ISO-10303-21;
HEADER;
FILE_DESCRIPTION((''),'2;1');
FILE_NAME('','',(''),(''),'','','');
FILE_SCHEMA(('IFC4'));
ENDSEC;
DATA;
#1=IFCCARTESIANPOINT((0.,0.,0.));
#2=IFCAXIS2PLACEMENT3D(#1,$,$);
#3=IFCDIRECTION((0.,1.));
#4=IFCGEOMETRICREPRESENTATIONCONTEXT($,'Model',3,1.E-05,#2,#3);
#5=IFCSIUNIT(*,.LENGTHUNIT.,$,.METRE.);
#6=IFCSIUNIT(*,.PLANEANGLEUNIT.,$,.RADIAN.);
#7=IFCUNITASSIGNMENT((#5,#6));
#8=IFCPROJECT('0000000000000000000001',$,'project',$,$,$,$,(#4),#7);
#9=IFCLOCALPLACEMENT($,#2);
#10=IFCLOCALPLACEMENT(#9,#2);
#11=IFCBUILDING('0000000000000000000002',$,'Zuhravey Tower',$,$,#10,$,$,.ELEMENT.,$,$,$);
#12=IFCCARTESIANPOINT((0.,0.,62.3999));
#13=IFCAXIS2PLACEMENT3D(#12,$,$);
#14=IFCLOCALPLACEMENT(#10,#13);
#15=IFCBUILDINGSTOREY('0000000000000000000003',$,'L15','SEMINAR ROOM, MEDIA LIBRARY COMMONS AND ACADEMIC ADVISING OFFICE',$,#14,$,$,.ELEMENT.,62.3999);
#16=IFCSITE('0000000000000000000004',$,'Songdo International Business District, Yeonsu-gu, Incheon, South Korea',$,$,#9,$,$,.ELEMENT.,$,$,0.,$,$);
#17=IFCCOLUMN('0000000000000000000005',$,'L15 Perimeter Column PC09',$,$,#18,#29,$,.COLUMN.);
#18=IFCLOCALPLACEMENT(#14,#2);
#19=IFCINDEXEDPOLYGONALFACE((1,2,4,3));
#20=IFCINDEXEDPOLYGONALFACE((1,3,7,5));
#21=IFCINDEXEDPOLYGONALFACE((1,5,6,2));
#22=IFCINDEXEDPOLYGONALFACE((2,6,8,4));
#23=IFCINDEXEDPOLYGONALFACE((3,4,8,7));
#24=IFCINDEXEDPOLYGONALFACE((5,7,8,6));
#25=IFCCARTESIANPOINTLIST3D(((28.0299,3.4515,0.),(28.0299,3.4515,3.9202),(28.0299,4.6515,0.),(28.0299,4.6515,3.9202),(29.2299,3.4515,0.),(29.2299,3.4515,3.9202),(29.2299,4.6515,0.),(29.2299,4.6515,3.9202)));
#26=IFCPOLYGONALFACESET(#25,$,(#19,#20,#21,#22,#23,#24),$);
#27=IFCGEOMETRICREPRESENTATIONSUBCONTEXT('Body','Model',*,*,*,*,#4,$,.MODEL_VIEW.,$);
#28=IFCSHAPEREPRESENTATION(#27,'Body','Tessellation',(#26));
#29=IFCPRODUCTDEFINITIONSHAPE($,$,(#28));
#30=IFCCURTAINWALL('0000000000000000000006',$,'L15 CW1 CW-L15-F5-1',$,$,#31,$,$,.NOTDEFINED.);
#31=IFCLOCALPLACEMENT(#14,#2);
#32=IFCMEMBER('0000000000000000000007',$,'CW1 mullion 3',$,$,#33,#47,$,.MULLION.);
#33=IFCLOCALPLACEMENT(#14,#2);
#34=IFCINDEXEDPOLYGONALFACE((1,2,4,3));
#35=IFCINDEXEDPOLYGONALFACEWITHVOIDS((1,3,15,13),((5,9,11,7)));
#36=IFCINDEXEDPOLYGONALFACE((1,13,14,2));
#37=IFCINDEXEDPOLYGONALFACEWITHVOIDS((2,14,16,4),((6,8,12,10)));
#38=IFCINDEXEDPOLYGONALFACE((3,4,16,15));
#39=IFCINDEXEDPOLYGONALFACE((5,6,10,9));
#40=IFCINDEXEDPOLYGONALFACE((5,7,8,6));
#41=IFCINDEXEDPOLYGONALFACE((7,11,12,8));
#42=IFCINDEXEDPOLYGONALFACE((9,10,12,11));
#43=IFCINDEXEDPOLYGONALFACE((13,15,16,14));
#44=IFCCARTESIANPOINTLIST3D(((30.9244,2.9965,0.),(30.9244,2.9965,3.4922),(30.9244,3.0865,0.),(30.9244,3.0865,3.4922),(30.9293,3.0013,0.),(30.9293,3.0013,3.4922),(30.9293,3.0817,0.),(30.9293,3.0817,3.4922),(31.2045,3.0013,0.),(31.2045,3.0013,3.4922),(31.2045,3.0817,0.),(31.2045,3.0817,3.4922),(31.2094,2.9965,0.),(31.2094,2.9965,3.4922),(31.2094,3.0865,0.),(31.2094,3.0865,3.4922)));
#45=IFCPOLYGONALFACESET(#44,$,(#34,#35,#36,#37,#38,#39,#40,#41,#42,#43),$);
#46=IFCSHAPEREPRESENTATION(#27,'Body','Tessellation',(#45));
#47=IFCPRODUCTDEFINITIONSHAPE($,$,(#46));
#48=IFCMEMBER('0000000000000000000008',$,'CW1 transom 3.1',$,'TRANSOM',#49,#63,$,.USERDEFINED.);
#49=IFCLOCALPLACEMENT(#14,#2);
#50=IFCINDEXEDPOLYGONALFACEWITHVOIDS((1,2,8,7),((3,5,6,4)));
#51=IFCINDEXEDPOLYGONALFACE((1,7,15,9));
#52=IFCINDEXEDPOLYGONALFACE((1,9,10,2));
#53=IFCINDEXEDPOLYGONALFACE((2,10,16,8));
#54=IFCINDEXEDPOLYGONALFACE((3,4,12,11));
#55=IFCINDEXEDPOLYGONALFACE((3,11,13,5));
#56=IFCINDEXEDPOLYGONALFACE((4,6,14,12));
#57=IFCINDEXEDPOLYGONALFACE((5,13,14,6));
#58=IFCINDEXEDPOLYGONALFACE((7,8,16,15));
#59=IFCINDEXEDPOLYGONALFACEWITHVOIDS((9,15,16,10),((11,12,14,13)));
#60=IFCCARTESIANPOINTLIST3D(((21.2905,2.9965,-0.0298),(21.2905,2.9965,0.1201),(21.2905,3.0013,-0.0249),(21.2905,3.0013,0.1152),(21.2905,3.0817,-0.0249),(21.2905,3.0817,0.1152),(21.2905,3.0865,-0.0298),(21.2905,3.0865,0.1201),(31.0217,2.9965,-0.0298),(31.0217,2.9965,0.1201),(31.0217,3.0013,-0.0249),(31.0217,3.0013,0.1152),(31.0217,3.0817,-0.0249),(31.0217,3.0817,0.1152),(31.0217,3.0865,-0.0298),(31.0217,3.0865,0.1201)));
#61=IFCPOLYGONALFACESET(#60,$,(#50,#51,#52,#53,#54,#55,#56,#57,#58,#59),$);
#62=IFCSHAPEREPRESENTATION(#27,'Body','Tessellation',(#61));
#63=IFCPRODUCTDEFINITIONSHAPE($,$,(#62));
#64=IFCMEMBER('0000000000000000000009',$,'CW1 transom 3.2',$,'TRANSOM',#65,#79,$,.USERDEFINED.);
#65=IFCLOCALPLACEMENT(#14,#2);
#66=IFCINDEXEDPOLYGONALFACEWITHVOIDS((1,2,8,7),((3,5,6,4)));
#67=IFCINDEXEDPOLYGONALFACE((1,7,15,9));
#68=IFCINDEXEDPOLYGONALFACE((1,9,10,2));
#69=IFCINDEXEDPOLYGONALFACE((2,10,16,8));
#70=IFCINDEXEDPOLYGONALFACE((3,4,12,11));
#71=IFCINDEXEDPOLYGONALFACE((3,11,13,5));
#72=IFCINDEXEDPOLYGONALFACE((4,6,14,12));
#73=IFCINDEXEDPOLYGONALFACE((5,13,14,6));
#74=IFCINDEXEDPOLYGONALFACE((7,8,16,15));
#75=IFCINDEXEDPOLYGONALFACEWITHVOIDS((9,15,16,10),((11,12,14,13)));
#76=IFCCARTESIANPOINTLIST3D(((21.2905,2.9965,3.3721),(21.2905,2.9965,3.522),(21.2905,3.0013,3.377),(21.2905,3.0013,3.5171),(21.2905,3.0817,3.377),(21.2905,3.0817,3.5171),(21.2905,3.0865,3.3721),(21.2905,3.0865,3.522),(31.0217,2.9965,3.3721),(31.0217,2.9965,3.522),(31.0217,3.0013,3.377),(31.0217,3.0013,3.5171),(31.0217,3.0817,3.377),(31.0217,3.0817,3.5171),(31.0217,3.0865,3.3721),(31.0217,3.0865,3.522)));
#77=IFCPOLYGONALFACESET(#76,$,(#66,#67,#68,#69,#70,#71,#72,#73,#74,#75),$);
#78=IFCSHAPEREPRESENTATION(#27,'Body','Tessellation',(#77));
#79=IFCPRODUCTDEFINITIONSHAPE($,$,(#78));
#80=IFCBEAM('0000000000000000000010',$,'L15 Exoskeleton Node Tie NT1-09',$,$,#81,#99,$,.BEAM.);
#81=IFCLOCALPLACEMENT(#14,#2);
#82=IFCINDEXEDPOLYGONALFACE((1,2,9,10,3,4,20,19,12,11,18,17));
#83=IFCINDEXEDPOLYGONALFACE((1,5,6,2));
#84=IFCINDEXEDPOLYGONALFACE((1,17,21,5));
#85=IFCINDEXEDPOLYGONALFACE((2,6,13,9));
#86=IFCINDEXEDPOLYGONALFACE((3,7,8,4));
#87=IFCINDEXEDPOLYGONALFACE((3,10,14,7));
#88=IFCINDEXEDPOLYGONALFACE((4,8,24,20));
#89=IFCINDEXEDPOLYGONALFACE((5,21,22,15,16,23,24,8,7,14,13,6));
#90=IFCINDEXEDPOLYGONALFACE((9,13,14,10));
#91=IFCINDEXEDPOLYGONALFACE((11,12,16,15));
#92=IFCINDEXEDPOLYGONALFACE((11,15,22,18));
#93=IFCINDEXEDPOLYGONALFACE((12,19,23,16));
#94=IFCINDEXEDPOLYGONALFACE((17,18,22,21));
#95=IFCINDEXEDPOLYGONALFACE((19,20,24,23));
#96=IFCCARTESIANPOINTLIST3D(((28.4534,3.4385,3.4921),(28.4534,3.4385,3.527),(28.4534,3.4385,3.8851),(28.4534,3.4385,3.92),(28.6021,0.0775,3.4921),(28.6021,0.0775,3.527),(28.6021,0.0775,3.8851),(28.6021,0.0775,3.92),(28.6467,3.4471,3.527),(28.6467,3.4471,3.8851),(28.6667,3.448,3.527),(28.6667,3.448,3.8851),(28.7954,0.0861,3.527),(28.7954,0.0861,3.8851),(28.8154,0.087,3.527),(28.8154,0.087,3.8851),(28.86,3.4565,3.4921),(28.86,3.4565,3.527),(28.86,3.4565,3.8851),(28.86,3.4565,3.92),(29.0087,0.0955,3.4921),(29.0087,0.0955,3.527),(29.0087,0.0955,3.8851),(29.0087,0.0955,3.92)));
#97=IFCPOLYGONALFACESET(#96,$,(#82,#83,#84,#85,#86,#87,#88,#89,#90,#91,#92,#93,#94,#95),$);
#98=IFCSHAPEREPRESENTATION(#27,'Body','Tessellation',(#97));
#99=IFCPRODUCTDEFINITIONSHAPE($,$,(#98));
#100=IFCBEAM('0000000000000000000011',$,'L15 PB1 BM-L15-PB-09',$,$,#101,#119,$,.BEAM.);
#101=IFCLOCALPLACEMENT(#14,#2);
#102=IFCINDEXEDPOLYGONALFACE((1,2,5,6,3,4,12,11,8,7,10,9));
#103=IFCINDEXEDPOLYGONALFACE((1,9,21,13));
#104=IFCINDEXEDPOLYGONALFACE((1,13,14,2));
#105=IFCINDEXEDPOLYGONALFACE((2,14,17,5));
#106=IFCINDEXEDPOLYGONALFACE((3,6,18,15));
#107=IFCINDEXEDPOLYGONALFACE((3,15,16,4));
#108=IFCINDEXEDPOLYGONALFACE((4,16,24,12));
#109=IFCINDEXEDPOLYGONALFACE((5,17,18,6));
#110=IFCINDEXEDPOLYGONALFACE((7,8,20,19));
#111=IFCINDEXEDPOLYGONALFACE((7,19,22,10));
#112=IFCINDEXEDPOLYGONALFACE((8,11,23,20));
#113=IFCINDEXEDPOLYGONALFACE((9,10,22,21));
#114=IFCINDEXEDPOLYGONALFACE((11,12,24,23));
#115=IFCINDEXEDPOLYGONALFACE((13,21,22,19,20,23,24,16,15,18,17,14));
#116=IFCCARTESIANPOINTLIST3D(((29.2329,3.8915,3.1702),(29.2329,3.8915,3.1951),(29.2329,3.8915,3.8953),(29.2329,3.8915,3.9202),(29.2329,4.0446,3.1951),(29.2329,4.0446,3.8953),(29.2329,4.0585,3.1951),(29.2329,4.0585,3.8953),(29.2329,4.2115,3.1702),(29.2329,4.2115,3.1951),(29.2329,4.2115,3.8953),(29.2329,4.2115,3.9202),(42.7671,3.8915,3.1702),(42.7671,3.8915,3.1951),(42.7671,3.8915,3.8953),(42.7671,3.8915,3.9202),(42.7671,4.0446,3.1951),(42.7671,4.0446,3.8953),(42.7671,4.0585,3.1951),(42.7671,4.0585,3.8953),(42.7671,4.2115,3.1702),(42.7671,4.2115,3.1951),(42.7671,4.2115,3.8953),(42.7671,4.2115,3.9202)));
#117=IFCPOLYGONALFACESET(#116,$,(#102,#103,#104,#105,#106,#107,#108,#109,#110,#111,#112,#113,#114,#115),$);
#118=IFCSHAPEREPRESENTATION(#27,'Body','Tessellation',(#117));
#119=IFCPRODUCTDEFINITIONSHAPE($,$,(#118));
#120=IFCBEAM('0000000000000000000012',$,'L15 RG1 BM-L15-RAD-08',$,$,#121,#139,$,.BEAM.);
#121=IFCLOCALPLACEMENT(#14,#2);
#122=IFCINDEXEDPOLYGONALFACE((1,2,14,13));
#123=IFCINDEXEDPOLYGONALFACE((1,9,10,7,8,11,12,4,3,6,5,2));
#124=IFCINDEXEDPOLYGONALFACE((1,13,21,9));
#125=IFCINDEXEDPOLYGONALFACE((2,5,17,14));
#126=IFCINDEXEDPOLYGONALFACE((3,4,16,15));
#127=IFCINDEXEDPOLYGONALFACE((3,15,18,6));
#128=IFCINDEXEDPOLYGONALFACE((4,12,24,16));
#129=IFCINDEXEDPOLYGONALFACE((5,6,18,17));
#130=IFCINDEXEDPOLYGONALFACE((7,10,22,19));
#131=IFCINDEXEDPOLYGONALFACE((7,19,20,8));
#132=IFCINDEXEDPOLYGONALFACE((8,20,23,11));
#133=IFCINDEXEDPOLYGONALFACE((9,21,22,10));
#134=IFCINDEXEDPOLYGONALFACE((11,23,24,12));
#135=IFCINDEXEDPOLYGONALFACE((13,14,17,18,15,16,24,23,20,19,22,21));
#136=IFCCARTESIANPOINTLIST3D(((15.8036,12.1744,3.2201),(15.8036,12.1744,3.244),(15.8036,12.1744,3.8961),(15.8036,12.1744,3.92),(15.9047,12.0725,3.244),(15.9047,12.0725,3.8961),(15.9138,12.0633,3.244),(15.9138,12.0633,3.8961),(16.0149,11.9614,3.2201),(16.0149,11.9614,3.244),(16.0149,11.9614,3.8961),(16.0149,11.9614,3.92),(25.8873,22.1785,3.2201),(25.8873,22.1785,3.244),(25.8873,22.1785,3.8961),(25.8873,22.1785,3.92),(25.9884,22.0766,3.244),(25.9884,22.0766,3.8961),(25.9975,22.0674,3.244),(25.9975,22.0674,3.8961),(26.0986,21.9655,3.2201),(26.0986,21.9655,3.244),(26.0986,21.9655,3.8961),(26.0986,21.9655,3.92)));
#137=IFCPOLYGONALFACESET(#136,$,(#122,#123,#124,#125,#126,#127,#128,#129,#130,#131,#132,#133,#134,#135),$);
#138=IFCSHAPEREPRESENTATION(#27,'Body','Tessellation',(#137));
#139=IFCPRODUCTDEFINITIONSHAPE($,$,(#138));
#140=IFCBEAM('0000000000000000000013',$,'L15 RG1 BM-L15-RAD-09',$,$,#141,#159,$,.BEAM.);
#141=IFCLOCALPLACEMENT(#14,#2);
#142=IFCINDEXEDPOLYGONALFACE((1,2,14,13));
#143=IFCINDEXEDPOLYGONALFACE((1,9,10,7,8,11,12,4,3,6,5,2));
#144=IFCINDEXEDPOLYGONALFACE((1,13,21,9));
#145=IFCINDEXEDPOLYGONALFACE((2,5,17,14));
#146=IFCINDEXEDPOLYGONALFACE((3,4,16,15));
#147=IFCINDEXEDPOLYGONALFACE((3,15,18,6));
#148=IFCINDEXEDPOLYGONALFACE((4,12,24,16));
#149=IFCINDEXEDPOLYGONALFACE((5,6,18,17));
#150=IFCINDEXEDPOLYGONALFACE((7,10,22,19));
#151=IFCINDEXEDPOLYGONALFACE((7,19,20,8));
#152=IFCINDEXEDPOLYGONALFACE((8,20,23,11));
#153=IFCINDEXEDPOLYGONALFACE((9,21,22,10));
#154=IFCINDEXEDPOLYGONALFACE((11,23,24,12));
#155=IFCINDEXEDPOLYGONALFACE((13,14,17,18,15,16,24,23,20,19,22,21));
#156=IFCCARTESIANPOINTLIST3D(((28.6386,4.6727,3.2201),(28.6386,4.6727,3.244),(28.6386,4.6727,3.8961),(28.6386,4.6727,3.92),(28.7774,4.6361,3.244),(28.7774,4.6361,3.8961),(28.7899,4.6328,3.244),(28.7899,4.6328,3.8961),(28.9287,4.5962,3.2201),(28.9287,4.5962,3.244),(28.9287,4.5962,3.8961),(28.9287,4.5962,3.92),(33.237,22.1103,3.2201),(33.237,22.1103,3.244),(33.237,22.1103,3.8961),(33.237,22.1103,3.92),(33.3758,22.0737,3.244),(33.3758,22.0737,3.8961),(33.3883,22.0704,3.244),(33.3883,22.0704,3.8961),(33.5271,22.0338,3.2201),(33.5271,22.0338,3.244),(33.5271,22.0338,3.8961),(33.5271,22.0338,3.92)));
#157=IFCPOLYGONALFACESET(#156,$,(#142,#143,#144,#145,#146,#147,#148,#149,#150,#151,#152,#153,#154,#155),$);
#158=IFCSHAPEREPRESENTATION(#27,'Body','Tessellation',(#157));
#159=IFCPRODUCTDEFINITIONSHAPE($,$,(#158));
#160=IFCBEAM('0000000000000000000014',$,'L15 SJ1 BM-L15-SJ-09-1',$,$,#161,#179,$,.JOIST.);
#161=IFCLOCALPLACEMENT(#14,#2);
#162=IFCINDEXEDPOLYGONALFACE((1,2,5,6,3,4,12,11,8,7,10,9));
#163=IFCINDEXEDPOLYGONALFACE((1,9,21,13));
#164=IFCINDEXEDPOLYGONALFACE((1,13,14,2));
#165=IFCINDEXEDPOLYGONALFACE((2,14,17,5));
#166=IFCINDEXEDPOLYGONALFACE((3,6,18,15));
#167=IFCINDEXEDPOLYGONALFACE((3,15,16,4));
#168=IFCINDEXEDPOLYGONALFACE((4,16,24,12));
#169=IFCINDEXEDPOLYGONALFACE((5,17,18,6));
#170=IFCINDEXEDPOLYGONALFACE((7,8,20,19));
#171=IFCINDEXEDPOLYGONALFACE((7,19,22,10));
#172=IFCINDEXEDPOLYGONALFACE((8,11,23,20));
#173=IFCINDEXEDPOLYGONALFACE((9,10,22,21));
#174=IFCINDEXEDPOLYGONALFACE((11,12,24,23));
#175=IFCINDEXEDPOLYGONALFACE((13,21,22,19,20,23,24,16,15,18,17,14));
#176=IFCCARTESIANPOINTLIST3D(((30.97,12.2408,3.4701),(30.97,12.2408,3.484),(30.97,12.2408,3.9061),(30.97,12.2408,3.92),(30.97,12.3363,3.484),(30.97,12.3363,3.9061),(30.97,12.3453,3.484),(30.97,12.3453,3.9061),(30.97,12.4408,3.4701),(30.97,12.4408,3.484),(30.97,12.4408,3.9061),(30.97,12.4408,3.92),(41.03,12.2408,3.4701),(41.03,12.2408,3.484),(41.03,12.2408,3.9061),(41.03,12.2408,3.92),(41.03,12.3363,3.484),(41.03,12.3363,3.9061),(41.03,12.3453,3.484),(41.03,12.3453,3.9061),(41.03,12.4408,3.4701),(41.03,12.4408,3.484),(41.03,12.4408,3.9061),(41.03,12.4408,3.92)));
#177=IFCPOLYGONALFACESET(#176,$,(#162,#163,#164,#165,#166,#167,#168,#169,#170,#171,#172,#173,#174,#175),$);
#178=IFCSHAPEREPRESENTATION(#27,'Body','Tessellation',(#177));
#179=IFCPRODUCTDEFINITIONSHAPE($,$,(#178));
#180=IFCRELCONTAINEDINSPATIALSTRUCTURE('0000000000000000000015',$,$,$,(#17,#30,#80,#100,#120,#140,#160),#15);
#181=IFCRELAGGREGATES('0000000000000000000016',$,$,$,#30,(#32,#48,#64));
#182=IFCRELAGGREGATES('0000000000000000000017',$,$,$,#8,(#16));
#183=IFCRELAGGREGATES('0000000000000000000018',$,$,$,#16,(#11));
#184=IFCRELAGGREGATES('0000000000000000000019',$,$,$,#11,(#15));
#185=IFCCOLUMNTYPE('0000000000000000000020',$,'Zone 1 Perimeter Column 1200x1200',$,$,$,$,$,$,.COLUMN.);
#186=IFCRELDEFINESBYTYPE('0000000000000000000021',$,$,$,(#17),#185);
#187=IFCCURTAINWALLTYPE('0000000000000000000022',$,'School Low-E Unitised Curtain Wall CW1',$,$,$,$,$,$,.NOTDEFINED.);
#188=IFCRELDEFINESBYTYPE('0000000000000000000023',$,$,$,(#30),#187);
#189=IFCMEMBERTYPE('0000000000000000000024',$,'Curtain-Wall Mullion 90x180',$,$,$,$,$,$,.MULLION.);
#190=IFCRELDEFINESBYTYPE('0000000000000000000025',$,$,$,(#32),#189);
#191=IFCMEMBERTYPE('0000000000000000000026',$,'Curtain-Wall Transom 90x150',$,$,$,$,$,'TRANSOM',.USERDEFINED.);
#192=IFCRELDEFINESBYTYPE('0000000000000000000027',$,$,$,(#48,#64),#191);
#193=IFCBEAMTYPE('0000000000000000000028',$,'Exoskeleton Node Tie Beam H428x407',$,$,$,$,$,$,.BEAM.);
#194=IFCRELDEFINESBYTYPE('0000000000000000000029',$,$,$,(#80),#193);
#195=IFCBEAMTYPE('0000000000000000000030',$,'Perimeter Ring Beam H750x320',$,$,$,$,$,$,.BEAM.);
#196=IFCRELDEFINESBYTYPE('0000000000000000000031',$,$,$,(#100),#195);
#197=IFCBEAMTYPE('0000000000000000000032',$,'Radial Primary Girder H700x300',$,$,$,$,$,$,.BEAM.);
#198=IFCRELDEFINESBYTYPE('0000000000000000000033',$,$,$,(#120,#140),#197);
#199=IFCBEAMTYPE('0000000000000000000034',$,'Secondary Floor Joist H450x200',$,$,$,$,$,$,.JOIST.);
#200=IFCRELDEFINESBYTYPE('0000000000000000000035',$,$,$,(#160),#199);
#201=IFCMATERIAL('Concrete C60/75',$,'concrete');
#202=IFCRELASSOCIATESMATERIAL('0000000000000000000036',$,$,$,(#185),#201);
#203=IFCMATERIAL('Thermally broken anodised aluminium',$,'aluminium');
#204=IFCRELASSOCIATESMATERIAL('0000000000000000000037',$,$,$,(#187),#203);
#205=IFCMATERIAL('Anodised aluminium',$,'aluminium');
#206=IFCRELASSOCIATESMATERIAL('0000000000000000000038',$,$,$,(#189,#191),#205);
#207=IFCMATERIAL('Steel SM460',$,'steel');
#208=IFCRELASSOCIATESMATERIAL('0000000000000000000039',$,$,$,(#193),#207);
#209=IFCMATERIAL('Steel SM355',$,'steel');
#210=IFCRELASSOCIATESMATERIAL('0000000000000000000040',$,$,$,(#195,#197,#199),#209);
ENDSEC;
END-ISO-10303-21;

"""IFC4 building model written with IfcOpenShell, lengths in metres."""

from ifc_helpers import new_model, si_unit, direction, frame, origin, origin_2d, place, context, subcontext, project, spatial, rectangle, hollow_rectangle, i_section, extrude, material, material_profile, profile_set, type_object, element, aggregate, save


model = new_model("IFC4")

# Units and contexts
model_context = context("Model", 3, precision=1e-05, world=origin(), true_north=direction((0.0, 1.0)))
body_context = subcontext(model_context, "Body", "Model", "MODEL_VIEW")
ifc_project = project(units=[si_unit("LENGTHUNIT", "METRE"), si_unit("PLANEANGLEUNIT", "RADIAN")], contexts=[model_context])

# Site, building, storey
site_placement = place(None, origin())
site = spatial("IfcSite", under=ifc_project, at=site_placement, Name="Songdo International Business District, Yeonsu-gu, Incheon, South Korea", CompositionType="ELEMENT", RefElevation=0.0)
building_placement = place(site_placement, origin())
building = spatial("IfcBuilding", under=site, at=building_placement, Name="Zuhravey Tower", CompositionType="ELEMENT")
storey_placement = place(building_placement, frame((0.0, 0.0, 62.3999)))
storey = spatial("IfcBuildingStorey", under=building, at=storey_placement, Name="L15", Description="SEMINAR ROOM, MEDIA LIBRARY COMMONS AND ACADEMIC ADVISING OFFICE", CompositionType="ELEMENT", Elevation=62.3999)

# Column
ifc_material_1 = material(Name="Concrete C60/75", Category="concrete")
ifc_material_profile_1 = material_profile(ifc_material_1, rectangle(XDim=1.2, YDim=1.2, at=origin_2d()), Name="RC-1200x1200")
ifc_profile_set_1 = profile_set([ifc_material_profile_1], Name="Concrete C60/75")
column_type = type_object("IfcColumnType", Name="Zone 1 Perimeter Column 1200x1200", PredefinedType="COLUMN", material=ifc_profile_set_1)
column_placement = place(storey_placement, frame((28.6299, 4.0515, 0.0), z_axis=(0.0, 0.0, 1.0), x_axis=(1.0, 0.0, 0.0)))
element("IfcColumn", 1, at=column_placement, inside=storey, type_object=column_type, Name="L15 Perimeter Column PC09", PredefinedType="COLUMN", context=body_context, shape_type="SweptSolid", body=[
    extrude(rectangle(XDim=1.2, YDim=1.2, at=origin_2d()), origin(), (0.0, 0.0, 1.0), 3.9202),
])

# Curtain wall, members
ifc_material_2 = material(Name="Thermally broken anodised aluminium", Category="aluminium")
curtain_wall_type = type_object("IfcCurtainWallType", Name="School Low-E Unitised Curtain Wall CW1", PredefinedType="NOTDEFINED", material=ifc_material_2)
curtain_wall_placement = place(storey_placement, origin())
curtain_wall = element("IfcCurtainWall", 2, at=curtain_wall_placement, inside=storey, type_object=curtain_wall_type, Name="L15 CW1 CW-L15-F5-1", PredefinedType="NOTDEFINED")
ifc_material_3 = material(Name="Anodised aluminium", Category="aluminium")
ifc_material_profile_2 = material_profile(ifc_material_3, hollow_rectangle(XDim=0.0901, YDim=0.2849, WallThickness=0.0049, at=origin_2d()), Name="ALU-RHS-90x285x5")
ifc_profile_set_2 = profile_set([ifc_material_profile_2], Name="Anodised aluminium")
member_type_1 = type_object("IfcMemberType", Name="Curtain-Wall Mullion 90x180", PredefinedType="MULLION", material=ifc_profile_set_2)
member_1_placement = place(storey_placement, frame((31.0669, 3.0415, 0.0), z_axis=(0.0, 0.0, 1.0), x_axis=(0.0, -1.0, 0.0)))
member_1 = element("IfcMember", 3, at=member_1_placement, type_object=member_type_1, Name="CW1 mullion 3", PredefinedType="MULLION", context=body_context, shape_type="SweptSolid", body=[
    extrude(hollow_rectangle(XDim=0.0901, YDim=0.2849, WallThickness=0.0049, at=origin_2d()), origin(), (0.0, 0.0, 1.0), 3.4922),
])
ifc_material_profile_3 = material_profile(ifc_material_3, hollow_rectangle(XDim=0.0901, YDim=0.1499, WallThickness=0.0049, at=origin_2d()), Name="ALU-RHS-90x150x5")
ifc_profile_set_3 = profile_set([ifc_material_profile_3], Name="Anodised aluminium")
member_type_2 = type_object("IfcMemberType", Name="Curtain-Wall Transom 90x150", ElementType="TRANSOM", PredefinedType="USERDEFINED", material=ifc_profile_set_3)
member_2_placement = place(storey_placement, frame((31.0217, 3.0415, 0.0452), z_axis=(-1.0, 0.0, 0.0), x_axis=(0.0, -1.0, 0.0)))
member_2 = element("IfcMember", 4, at=member_2_placement, type_object=member_type_2, Name="CW1 transom 3.1", ObjectType="TRANSOM", PredefinedType="USERDEFINED", context=body_context, shape_type="SweptSolid", body=[
    extrude(hollow_rectangle(XDim=0.0901, YDim=0.1499, WallThickness=0.0049, at=origin_2d()), origin(), (0.0, 0.0, 1.0), 9.7312),
])
member_3_placement = place(storey_placement, frame((31.0217, 3.0415, 3.447), z_axis=(-1.0, 0.0, 0.0), x_axis=(0.0, -1.0, 0.0)))
member_3 = element("IfcMember", 5, at=member_3_placement, type_object=member_type_2, Name="CW1 transom 3.2", ObjectType="TRANSOM", PredefinedType="USERDEFINED", context=body_context, shape_type="SweptSolid", body=[
    extrude(hollow_rectangle(XDim=0.0901, YDim=0.1499, WallThickness=0.0049, at=origin_2d()), origin(), (0.0, 0.0, 1.0), 9.7312),
])

# Beams
ifc_material_4 = material(Name="Steel SM460", Category="steel")
ifc_material_profile_4 = material_profile(ifc_material_4, i_section(OverallWidth=0.407, OverallDepth=0.428, WebThickness=0.02, FlangeThickness=0.0349, at=origin_2d()), Name="H-428x407x20x35")
ifc_profile_set_4 = profile_set([ifc_material_profile_4], Name="Steel SM460")
beam_type_1 = type_object("IfcBeamType", Name="Exoskeleton Node Tie Beam H428x407", PredefinedType="BEAM", material=ifc_profile_set_4)
beam_1_placement = place(storey_placement, frame((28.6567, 3.4475, 3.7061), z_axis=(0.044193, -0.999023, 0.0), x_axis=(0.999023, 0.044193, 0.0)))
element("IfcBeam", 6, at=beam_1_placement, inside=storey, type_object=beam_type_1, Name="L15 Exoskeleton Node Tie NT1-09", PredefinedType="BEAM", context=body_context, shape_type="SweptSolid", body=[
    extrude(i_section(OverallWidth=0.407, OverallDepth=0.428, WebThickness=0.02, FlangeThickness=0.0349, at=origin_2d()), origin(), (0.0, 0.0, 1.0), 3.3643),
])
ifc_material_5 = material(Name="Steel SM355", Category="steel")
ifc_material_profile_5 = material_profile(ifc_material_5, i_section(OverallWidth=0.3201, OverallDepth=0.75, WebThickness=0.0139, FlangeThickness=0.0249, at=origin_2d()), Name="H-750x320x14x25")
ifc_profile_set_5 = profile_set([ifc_material_profile_5], Name="Steel SM355")
beam_type_2 = type_object("IfcBeamType", Name="Perimeter Ring Beam H750x320", PredefinedType="BEAM", material=ifc_profile_set_5)
beam_2_placement = place(storey_placement, frame((29.2329, 4.0515, 3.5452), z_axis=(1.0, 0.0, 0.0), x_axis=(0.0, 1.0, 0.0)))
element("IfcBeam", 7, at=beam_2_placement, inside=storey, type_object=beam_type_2, Name="L15 PB1 BM-L15-PB-09", PredefinedType="BEAM", context=body_context, shape_type="SweptSolid", body=[
    extrude(i_section(OverallWidth=0.3201, OverallDepth=0.75, WebThickness=0.0139, FlangeThickness=0.0249, at=origin_2d()), origin(), (0.0, 0.0, 1.0), 13.5342),
])
ifc_material_profile_6 = material_profile(ifc_material_5, i_section(OverallWidth=0.3, OverallDepth=0.7, WebThickness=0.0129, FlangeThickness=0.0239, at=origin_2d()), Name="H-700x300x13x24")
ifc_profile_set_6 = profile_set([ifc_material_profile_6], Name="Steel SM355")
beam_type_3 = type_object("IfcBeamType", Name="Radial Primary Girder H700x300", PredefinedType="BEAM", material=ifc_profile_set_6)
beam_3_placement = place(storey_placement, frame((25.9929, 22.072, 3.5701), z_axis=(-0.709903, -0.7043, 0.0), x_axis=(0.7043, -0.709903, 0.0)))
element("IfcBeam", 8, at=beam_3_placement, inside=storey, type_object=beam_type_3, Name="L15 RG1 BM-L15-RAD-08", PredefinedType="BEAM", context=body_context, shape_type="SweptSolid", body=[
    extrude(i_section(OverallWidth=0.3, OverallDepth=0.7, WebThickness=0.0129, FlangeThickness=0.0239, at=origin_2d()), origin(), (0.0, 0.0, 1.0), 14.2043),
])
beam_4_placement = place(storey_placement, frame((33.3821, 22.072, 3.5701), z_axis=(-0.25499, -0.966944, 0.0), x_axis=(0.966944, -0.25499, 0.0)))
element("IfcBeam", 9, at=beam_4_placement, inside=storey, type_object=beam_type_3, Name="L15 RG1 BM-L15-RAD-09", PredefinedType="BEAM", context=body_context, shape_type="SweptSolid", body=[
    extrude(i_section(OverallWidth=0.3, OverallDepth=0.7, WebThickness=0.0129, FlangeThickness=0.0239, at=origin_2d()), origin(), (0.0, 0.0, 1.0), 18.0337),
])
ifc_material_profile_7 = material_profile(ifc_material_5, i_section(OverallWidth=0.2, OverallDepth=0.45, WebThickness=0.009, FlangeThickness=0.0139, at=origin_2d()), Name="H-450x200x9x14")
ifc_profile_set_7 = profile_set([ifc_material_profile_7], Name="Steel SM355")
beam_type_4 = type_object("IfcBeamType", Name="Secondary Floor Joist H450x200", PredefinedType="JOIST", material=ifc_profile_set_7)
beam_5_placement = place(storey_placement, frame((30.97, 12.3408, 3.6951), z_axis=(1.0, 0.0, 0.0), x_axis=(0.0, 1.0, 0.0)))
element("IfcBeam", 10, at=beam_5_placement, inside=storey, type_object=beam_type_4, Name="L15 SJ1 BM-L15-SJ-09-1", PredefinedType="JOIST", context=body_context, shape_type="SweptSolid", body=[
    extrude(i_section(OverallWidth=0.2, OverallDepth=0.45, WebThickness=0.009, FlangeThickness=0.0139, at=origin_2d()), origin(), (0.0, 0.0, 1.0), 10.0601),
])

aggregate(curtain_wall, [member_1, member_2, member_3])

save(model, "model.ifc")
